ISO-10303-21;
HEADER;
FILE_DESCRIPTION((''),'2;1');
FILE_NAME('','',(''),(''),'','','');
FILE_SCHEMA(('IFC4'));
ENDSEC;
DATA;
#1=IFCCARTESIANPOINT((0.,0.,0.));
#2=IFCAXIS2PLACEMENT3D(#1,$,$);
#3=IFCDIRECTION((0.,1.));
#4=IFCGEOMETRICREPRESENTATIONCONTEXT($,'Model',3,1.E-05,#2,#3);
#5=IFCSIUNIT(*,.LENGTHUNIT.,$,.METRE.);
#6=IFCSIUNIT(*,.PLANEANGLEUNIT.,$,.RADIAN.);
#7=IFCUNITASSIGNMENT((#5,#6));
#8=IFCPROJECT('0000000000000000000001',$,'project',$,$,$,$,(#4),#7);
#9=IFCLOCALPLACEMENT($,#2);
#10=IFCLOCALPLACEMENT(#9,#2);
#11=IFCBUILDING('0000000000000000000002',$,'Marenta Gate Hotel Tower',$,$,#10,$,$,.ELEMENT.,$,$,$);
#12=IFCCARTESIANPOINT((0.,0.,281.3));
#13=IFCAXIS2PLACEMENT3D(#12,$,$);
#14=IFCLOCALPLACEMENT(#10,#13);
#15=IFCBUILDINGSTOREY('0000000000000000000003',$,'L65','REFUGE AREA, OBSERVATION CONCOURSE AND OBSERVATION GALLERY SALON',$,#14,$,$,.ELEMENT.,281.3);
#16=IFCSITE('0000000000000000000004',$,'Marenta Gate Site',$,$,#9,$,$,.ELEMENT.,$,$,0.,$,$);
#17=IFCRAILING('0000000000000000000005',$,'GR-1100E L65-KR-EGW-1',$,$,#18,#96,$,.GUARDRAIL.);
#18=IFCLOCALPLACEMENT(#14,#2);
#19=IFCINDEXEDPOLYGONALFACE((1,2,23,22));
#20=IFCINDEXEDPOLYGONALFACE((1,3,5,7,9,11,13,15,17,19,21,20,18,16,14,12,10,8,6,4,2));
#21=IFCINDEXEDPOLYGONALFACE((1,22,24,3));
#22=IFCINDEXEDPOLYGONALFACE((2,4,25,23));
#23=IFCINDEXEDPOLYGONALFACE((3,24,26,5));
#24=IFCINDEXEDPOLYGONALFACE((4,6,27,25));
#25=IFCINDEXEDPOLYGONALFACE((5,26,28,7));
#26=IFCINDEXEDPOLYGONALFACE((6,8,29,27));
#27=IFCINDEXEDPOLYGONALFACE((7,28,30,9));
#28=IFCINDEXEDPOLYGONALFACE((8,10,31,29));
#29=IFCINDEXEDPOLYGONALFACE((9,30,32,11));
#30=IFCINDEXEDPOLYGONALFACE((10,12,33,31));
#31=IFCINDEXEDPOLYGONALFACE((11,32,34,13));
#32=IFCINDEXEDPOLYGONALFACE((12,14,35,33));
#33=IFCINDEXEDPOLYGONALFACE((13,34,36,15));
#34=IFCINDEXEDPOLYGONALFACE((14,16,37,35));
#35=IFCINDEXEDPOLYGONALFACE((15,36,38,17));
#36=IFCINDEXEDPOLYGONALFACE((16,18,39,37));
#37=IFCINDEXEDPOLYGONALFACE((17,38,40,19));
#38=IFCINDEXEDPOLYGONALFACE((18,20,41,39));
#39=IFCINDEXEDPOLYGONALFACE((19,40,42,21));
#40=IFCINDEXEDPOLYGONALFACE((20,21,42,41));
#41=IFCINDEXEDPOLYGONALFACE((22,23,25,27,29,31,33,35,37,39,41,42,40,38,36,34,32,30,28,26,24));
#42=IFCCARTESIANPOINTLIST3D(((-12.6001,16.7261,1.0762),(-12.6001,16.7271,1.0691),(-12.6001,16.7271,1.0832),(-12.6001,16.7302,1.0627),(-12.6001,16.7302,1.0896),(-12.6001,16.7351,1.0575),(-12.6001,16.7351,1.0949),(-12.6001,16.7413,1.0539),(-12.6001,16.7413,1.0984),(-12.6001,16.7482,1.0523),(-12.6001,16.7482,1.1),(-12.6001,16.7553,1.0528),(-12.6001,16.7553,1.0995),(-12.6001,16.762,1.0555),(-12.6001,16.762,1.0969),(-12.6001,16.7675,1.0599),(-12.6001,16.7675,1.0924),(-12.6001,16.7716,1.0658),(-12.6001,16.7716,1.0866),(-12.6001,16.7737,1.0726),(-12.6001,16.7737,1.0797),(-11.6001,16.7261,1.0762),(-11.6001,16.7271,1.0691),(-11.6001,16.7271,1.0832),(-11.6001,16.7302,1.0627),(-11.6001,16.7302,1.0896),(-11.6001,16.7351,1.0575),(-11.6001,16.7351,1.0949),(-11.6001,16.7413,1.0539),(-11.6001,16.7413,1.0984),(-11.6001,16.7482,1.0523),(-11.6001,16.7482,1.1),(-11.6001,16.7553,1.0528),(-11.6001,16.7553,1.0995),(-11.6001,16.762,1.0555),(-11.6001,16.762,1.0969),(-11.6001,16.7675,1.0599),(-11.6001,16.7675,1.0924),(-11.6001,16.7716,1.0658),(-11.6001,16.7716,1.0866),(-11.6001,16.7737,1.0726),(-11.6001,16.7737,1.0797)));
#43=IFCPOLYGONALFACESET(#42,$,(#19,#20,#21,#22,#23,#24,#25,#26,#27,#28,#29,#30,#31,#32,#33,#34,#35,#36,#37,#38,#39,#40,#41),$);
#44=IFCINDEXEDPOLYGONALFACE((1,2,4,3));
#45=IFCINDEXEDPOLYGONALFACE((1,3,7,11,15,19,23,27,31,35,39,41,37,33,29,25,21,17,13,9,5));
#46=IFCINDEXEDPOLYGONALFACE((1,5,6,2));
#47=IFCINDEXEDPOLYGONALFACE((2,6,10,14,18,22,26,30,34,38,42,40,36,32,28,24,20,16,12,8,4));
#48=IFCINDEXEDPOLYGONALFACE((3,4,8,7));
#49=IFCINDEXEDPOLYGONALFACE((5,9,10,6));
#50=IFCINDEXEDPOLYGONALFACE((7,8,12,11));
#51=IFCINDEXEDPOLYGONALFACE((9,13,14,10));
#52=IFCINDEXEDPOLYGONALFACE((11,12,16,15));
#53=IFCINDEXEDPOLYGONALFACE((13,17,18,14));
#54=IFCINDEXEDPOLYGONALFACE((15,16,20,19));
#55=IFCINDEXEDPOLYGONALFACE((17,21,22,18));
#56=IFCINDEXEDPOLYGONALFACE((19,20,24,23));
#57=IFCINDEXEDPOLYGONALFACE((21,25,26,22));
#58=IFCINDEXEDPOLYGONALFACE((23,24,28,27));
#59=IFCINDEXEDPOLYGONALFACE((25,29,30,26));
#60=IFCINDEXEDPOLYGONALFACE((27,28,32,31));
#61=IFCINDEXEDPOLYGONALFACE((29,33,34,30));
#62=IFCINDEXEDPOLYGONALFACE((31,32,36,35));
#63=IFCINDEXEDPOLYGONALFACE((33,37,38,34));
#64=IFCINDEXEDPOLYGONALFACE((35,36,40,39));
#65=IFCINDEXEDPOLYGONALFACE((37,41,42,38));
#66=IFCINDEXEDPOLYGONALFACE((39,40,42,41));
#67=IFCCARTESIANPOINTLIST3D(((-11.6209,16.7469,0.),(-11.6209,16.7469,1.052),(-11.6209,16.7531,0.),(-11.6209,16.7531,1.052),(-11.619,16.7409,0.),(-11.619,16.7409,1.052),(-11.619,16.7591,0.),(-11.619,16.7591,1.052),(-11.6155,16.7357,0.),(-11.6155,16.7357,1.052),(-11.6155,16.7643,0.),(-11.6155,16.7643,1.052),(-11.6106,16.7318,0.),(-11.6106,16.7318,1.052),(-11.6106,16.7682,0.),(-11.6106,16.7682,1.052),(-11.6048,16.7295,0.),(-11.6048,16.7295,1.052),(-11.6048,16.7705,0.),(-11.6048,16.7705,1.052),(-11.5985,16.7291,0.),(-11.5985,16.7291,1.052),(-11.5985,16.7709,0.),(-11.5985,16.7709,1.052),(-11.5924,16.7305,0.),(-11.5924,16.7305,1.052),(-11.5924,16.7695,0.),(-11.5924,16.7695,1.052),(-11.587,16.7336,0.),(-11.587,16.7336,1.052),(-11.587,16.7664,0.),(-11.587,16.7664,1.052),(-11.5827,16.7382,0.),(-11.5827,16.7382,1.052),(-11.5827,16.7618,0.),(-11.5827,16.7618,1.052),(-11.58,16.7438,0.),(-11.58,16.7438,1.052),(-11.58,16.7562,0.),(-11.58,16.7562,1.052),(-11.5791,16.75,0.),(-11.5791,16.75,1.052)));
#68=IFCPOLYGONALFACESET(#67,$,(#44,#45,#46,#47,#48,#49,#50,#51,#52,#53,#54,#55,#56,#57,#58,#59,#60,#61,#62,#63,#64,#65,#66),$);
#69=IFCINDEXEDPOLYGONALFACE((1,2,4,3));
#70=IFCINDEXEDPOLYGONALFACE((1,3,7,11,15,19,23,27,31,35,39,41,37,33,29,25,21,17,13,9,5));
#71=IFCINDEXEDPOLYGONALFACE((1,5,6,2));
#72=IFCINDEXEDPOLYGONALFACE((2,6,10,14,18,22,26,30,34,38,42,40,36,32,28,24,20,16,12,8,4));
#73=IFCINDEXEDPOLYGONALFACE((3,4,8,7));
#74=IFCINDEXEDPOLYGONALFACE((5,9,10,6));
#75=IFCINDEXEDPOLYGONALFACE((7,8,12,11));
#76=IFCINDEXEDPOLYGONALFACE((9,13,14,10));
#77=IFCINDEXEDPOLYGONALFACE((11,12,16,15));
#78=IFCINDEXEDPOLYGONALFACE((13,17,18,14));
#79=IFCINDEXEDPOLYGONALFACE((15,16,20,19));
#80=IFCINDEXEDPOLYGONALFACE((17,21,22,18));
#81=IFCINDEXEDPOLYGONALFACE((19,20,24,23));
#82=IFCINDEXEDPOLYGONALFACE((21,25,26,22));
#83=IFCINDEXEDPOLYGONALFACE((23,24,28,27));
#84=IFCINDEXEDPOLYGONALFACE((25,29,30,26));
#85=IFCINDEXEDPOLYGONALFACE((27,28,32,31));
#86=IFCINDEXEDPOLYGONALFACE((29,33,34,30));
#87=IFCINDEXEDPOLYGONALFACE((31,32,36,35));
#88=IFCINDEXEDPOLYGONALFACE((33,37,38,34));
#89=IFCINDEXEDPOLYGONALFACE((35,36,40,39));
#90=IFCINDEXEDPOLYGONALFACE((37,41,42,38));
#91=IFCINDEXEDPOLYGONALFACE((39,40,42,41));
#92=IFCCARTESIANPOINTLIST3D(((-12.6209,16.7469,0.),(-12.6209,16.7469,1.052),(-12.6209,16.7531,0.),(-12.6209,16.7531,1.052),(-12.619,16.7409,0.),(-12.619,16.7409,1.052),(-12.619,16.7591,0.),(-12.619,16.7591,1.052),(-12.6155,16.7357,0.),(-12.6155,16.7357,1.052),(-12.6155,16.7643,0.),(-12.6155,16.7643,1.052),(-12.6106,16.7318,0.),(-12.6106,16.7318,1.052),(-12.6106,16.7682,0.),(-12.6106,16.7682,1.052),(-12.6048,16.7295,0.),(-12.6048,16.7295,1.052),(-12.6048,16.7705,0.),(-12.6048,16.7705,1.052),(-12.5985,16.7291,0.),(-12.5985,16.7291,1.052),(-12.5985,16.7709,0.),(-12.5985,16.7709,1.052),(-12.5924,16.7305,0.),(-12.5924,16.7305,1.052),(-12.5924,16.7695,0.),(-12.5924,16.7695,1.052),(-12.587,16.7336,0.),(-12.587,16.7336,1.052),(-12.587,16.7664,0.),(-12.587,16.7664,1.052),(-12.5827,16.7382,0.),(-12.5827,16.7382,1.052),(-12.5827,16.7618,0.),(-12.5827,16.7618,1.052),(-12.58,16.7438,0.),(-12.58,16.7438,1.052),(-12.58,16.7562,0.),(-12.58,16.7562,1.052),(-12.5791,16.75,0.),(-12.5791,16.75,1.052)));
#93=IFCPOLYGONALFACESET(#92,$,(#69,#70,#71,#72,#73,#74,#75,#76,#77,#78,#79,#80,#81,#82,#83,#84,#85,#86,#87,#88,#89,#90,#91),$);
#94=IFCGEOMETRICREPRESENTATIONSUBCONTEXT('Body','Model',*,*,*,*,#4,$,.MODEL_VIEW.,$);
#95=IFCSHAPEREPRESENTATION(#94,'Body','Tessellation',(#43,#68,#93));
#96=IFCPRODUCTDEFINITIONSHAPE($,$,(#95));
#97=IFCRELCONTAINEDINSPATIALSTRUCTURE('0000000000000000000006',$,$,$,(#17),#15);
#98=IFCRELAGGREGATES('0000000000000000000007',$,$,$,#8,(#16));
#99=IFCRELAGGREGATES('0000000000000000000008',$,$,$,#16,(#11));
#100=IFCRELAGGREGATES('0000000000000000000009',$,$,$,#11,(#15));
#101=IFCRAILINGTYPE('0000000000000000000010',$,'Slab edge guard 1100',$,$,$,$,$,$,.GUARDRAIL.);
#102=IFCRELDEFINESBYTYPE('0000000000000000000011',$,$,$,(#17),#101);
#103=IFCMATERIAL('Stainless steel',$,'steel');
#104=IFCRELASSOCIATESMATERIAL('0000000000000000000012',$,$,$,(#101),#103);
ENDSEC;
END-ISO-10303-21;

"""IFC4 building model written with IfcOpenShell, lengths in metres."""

from ifc_helpers import new_model, si_unit, direction, frame, origin, origin_2d, place, context, subcontext, project, spatial, circle, extrude, material, type_object, element, save


model = new_model("IFC4")

# Units and contexts
model_context = context("Model", 3, precision=1e-05, world=origin(), true_north=direction((0.0, 1.0)))
body_context = subcontext(model_context, "Body", "Model", "MODEL_VIEW")
ifc_project = project(units=[si_unit("LENGTHUNIT", "METRE"), si_unit("PLANEANGLEUNIT", "RADIAN")], contexts=[model_context])

# Site, building, storey
site_placement = place(None, origin())
site = spatial("IfcSite", under=ifc_project, at=site_placement, Name="Marenta Gate Site", CompositionType="ELEMENT", RefElevation=0.0)
building_placement = place(site_placement, origin())
building = spatial("IfcBuilding", under=site, at=building_placement, Name="Marenta Gate Hotel Tower", CompositionType="ELEMENT")
storey_placement = place(building_placement, frame((0.0, 0.0, 281.3)))
storey = spatial("IfcBuildingStorey", under=building, at=storey_placement, Name="L65", Description="REFUGE AREA, OBSERVATION CONCOURSE AND OBSERVATION GALLERY SALON", CompositionType="ELEMENT", Elevation=281.3)

# Railing
ifc_material_1 = material(Name="Stainless steel", Category="steel")
railing_type_1 = type_object("IfcRailingType", Name="Slab edge guard 1100", PredefinedType="GUARDRAIL", material=ifc_material_1)
railing_1_placement = place(storey_placement, frame((-11.6001, 16.75, 0.0)))
element("IfcRailing", 1, at=railing_1_placement, inside=storey, type_object=railing_type_1, Name="GR-1100E L65-KR-EGW-1", PredefinedType="GUARDRAIL", context=body_context, shape_type="SweptSolid", body=[
    extrude(circle(Radius=0.0239, at=origin_2d()), frame((0.0, 0.0, 1.0762), z_axis=(-1.0, 0.0, 0.0), x_axis=(0.0, -1.0, 0.0)), (0.0, 0.0, 1.0), 1.0),
    extrude(circle(Radius=0.021, at=origin_2d()), origin(), (0.0, 0.0, 1.0), 1.052),
    extrude(circle(Radius=0.021, at=origin_2d()), frame((-1.0, 0.0, 0.0)), (0.0, 0.0, 1.0), 1.052),
])

save(model, "model.ifc")
